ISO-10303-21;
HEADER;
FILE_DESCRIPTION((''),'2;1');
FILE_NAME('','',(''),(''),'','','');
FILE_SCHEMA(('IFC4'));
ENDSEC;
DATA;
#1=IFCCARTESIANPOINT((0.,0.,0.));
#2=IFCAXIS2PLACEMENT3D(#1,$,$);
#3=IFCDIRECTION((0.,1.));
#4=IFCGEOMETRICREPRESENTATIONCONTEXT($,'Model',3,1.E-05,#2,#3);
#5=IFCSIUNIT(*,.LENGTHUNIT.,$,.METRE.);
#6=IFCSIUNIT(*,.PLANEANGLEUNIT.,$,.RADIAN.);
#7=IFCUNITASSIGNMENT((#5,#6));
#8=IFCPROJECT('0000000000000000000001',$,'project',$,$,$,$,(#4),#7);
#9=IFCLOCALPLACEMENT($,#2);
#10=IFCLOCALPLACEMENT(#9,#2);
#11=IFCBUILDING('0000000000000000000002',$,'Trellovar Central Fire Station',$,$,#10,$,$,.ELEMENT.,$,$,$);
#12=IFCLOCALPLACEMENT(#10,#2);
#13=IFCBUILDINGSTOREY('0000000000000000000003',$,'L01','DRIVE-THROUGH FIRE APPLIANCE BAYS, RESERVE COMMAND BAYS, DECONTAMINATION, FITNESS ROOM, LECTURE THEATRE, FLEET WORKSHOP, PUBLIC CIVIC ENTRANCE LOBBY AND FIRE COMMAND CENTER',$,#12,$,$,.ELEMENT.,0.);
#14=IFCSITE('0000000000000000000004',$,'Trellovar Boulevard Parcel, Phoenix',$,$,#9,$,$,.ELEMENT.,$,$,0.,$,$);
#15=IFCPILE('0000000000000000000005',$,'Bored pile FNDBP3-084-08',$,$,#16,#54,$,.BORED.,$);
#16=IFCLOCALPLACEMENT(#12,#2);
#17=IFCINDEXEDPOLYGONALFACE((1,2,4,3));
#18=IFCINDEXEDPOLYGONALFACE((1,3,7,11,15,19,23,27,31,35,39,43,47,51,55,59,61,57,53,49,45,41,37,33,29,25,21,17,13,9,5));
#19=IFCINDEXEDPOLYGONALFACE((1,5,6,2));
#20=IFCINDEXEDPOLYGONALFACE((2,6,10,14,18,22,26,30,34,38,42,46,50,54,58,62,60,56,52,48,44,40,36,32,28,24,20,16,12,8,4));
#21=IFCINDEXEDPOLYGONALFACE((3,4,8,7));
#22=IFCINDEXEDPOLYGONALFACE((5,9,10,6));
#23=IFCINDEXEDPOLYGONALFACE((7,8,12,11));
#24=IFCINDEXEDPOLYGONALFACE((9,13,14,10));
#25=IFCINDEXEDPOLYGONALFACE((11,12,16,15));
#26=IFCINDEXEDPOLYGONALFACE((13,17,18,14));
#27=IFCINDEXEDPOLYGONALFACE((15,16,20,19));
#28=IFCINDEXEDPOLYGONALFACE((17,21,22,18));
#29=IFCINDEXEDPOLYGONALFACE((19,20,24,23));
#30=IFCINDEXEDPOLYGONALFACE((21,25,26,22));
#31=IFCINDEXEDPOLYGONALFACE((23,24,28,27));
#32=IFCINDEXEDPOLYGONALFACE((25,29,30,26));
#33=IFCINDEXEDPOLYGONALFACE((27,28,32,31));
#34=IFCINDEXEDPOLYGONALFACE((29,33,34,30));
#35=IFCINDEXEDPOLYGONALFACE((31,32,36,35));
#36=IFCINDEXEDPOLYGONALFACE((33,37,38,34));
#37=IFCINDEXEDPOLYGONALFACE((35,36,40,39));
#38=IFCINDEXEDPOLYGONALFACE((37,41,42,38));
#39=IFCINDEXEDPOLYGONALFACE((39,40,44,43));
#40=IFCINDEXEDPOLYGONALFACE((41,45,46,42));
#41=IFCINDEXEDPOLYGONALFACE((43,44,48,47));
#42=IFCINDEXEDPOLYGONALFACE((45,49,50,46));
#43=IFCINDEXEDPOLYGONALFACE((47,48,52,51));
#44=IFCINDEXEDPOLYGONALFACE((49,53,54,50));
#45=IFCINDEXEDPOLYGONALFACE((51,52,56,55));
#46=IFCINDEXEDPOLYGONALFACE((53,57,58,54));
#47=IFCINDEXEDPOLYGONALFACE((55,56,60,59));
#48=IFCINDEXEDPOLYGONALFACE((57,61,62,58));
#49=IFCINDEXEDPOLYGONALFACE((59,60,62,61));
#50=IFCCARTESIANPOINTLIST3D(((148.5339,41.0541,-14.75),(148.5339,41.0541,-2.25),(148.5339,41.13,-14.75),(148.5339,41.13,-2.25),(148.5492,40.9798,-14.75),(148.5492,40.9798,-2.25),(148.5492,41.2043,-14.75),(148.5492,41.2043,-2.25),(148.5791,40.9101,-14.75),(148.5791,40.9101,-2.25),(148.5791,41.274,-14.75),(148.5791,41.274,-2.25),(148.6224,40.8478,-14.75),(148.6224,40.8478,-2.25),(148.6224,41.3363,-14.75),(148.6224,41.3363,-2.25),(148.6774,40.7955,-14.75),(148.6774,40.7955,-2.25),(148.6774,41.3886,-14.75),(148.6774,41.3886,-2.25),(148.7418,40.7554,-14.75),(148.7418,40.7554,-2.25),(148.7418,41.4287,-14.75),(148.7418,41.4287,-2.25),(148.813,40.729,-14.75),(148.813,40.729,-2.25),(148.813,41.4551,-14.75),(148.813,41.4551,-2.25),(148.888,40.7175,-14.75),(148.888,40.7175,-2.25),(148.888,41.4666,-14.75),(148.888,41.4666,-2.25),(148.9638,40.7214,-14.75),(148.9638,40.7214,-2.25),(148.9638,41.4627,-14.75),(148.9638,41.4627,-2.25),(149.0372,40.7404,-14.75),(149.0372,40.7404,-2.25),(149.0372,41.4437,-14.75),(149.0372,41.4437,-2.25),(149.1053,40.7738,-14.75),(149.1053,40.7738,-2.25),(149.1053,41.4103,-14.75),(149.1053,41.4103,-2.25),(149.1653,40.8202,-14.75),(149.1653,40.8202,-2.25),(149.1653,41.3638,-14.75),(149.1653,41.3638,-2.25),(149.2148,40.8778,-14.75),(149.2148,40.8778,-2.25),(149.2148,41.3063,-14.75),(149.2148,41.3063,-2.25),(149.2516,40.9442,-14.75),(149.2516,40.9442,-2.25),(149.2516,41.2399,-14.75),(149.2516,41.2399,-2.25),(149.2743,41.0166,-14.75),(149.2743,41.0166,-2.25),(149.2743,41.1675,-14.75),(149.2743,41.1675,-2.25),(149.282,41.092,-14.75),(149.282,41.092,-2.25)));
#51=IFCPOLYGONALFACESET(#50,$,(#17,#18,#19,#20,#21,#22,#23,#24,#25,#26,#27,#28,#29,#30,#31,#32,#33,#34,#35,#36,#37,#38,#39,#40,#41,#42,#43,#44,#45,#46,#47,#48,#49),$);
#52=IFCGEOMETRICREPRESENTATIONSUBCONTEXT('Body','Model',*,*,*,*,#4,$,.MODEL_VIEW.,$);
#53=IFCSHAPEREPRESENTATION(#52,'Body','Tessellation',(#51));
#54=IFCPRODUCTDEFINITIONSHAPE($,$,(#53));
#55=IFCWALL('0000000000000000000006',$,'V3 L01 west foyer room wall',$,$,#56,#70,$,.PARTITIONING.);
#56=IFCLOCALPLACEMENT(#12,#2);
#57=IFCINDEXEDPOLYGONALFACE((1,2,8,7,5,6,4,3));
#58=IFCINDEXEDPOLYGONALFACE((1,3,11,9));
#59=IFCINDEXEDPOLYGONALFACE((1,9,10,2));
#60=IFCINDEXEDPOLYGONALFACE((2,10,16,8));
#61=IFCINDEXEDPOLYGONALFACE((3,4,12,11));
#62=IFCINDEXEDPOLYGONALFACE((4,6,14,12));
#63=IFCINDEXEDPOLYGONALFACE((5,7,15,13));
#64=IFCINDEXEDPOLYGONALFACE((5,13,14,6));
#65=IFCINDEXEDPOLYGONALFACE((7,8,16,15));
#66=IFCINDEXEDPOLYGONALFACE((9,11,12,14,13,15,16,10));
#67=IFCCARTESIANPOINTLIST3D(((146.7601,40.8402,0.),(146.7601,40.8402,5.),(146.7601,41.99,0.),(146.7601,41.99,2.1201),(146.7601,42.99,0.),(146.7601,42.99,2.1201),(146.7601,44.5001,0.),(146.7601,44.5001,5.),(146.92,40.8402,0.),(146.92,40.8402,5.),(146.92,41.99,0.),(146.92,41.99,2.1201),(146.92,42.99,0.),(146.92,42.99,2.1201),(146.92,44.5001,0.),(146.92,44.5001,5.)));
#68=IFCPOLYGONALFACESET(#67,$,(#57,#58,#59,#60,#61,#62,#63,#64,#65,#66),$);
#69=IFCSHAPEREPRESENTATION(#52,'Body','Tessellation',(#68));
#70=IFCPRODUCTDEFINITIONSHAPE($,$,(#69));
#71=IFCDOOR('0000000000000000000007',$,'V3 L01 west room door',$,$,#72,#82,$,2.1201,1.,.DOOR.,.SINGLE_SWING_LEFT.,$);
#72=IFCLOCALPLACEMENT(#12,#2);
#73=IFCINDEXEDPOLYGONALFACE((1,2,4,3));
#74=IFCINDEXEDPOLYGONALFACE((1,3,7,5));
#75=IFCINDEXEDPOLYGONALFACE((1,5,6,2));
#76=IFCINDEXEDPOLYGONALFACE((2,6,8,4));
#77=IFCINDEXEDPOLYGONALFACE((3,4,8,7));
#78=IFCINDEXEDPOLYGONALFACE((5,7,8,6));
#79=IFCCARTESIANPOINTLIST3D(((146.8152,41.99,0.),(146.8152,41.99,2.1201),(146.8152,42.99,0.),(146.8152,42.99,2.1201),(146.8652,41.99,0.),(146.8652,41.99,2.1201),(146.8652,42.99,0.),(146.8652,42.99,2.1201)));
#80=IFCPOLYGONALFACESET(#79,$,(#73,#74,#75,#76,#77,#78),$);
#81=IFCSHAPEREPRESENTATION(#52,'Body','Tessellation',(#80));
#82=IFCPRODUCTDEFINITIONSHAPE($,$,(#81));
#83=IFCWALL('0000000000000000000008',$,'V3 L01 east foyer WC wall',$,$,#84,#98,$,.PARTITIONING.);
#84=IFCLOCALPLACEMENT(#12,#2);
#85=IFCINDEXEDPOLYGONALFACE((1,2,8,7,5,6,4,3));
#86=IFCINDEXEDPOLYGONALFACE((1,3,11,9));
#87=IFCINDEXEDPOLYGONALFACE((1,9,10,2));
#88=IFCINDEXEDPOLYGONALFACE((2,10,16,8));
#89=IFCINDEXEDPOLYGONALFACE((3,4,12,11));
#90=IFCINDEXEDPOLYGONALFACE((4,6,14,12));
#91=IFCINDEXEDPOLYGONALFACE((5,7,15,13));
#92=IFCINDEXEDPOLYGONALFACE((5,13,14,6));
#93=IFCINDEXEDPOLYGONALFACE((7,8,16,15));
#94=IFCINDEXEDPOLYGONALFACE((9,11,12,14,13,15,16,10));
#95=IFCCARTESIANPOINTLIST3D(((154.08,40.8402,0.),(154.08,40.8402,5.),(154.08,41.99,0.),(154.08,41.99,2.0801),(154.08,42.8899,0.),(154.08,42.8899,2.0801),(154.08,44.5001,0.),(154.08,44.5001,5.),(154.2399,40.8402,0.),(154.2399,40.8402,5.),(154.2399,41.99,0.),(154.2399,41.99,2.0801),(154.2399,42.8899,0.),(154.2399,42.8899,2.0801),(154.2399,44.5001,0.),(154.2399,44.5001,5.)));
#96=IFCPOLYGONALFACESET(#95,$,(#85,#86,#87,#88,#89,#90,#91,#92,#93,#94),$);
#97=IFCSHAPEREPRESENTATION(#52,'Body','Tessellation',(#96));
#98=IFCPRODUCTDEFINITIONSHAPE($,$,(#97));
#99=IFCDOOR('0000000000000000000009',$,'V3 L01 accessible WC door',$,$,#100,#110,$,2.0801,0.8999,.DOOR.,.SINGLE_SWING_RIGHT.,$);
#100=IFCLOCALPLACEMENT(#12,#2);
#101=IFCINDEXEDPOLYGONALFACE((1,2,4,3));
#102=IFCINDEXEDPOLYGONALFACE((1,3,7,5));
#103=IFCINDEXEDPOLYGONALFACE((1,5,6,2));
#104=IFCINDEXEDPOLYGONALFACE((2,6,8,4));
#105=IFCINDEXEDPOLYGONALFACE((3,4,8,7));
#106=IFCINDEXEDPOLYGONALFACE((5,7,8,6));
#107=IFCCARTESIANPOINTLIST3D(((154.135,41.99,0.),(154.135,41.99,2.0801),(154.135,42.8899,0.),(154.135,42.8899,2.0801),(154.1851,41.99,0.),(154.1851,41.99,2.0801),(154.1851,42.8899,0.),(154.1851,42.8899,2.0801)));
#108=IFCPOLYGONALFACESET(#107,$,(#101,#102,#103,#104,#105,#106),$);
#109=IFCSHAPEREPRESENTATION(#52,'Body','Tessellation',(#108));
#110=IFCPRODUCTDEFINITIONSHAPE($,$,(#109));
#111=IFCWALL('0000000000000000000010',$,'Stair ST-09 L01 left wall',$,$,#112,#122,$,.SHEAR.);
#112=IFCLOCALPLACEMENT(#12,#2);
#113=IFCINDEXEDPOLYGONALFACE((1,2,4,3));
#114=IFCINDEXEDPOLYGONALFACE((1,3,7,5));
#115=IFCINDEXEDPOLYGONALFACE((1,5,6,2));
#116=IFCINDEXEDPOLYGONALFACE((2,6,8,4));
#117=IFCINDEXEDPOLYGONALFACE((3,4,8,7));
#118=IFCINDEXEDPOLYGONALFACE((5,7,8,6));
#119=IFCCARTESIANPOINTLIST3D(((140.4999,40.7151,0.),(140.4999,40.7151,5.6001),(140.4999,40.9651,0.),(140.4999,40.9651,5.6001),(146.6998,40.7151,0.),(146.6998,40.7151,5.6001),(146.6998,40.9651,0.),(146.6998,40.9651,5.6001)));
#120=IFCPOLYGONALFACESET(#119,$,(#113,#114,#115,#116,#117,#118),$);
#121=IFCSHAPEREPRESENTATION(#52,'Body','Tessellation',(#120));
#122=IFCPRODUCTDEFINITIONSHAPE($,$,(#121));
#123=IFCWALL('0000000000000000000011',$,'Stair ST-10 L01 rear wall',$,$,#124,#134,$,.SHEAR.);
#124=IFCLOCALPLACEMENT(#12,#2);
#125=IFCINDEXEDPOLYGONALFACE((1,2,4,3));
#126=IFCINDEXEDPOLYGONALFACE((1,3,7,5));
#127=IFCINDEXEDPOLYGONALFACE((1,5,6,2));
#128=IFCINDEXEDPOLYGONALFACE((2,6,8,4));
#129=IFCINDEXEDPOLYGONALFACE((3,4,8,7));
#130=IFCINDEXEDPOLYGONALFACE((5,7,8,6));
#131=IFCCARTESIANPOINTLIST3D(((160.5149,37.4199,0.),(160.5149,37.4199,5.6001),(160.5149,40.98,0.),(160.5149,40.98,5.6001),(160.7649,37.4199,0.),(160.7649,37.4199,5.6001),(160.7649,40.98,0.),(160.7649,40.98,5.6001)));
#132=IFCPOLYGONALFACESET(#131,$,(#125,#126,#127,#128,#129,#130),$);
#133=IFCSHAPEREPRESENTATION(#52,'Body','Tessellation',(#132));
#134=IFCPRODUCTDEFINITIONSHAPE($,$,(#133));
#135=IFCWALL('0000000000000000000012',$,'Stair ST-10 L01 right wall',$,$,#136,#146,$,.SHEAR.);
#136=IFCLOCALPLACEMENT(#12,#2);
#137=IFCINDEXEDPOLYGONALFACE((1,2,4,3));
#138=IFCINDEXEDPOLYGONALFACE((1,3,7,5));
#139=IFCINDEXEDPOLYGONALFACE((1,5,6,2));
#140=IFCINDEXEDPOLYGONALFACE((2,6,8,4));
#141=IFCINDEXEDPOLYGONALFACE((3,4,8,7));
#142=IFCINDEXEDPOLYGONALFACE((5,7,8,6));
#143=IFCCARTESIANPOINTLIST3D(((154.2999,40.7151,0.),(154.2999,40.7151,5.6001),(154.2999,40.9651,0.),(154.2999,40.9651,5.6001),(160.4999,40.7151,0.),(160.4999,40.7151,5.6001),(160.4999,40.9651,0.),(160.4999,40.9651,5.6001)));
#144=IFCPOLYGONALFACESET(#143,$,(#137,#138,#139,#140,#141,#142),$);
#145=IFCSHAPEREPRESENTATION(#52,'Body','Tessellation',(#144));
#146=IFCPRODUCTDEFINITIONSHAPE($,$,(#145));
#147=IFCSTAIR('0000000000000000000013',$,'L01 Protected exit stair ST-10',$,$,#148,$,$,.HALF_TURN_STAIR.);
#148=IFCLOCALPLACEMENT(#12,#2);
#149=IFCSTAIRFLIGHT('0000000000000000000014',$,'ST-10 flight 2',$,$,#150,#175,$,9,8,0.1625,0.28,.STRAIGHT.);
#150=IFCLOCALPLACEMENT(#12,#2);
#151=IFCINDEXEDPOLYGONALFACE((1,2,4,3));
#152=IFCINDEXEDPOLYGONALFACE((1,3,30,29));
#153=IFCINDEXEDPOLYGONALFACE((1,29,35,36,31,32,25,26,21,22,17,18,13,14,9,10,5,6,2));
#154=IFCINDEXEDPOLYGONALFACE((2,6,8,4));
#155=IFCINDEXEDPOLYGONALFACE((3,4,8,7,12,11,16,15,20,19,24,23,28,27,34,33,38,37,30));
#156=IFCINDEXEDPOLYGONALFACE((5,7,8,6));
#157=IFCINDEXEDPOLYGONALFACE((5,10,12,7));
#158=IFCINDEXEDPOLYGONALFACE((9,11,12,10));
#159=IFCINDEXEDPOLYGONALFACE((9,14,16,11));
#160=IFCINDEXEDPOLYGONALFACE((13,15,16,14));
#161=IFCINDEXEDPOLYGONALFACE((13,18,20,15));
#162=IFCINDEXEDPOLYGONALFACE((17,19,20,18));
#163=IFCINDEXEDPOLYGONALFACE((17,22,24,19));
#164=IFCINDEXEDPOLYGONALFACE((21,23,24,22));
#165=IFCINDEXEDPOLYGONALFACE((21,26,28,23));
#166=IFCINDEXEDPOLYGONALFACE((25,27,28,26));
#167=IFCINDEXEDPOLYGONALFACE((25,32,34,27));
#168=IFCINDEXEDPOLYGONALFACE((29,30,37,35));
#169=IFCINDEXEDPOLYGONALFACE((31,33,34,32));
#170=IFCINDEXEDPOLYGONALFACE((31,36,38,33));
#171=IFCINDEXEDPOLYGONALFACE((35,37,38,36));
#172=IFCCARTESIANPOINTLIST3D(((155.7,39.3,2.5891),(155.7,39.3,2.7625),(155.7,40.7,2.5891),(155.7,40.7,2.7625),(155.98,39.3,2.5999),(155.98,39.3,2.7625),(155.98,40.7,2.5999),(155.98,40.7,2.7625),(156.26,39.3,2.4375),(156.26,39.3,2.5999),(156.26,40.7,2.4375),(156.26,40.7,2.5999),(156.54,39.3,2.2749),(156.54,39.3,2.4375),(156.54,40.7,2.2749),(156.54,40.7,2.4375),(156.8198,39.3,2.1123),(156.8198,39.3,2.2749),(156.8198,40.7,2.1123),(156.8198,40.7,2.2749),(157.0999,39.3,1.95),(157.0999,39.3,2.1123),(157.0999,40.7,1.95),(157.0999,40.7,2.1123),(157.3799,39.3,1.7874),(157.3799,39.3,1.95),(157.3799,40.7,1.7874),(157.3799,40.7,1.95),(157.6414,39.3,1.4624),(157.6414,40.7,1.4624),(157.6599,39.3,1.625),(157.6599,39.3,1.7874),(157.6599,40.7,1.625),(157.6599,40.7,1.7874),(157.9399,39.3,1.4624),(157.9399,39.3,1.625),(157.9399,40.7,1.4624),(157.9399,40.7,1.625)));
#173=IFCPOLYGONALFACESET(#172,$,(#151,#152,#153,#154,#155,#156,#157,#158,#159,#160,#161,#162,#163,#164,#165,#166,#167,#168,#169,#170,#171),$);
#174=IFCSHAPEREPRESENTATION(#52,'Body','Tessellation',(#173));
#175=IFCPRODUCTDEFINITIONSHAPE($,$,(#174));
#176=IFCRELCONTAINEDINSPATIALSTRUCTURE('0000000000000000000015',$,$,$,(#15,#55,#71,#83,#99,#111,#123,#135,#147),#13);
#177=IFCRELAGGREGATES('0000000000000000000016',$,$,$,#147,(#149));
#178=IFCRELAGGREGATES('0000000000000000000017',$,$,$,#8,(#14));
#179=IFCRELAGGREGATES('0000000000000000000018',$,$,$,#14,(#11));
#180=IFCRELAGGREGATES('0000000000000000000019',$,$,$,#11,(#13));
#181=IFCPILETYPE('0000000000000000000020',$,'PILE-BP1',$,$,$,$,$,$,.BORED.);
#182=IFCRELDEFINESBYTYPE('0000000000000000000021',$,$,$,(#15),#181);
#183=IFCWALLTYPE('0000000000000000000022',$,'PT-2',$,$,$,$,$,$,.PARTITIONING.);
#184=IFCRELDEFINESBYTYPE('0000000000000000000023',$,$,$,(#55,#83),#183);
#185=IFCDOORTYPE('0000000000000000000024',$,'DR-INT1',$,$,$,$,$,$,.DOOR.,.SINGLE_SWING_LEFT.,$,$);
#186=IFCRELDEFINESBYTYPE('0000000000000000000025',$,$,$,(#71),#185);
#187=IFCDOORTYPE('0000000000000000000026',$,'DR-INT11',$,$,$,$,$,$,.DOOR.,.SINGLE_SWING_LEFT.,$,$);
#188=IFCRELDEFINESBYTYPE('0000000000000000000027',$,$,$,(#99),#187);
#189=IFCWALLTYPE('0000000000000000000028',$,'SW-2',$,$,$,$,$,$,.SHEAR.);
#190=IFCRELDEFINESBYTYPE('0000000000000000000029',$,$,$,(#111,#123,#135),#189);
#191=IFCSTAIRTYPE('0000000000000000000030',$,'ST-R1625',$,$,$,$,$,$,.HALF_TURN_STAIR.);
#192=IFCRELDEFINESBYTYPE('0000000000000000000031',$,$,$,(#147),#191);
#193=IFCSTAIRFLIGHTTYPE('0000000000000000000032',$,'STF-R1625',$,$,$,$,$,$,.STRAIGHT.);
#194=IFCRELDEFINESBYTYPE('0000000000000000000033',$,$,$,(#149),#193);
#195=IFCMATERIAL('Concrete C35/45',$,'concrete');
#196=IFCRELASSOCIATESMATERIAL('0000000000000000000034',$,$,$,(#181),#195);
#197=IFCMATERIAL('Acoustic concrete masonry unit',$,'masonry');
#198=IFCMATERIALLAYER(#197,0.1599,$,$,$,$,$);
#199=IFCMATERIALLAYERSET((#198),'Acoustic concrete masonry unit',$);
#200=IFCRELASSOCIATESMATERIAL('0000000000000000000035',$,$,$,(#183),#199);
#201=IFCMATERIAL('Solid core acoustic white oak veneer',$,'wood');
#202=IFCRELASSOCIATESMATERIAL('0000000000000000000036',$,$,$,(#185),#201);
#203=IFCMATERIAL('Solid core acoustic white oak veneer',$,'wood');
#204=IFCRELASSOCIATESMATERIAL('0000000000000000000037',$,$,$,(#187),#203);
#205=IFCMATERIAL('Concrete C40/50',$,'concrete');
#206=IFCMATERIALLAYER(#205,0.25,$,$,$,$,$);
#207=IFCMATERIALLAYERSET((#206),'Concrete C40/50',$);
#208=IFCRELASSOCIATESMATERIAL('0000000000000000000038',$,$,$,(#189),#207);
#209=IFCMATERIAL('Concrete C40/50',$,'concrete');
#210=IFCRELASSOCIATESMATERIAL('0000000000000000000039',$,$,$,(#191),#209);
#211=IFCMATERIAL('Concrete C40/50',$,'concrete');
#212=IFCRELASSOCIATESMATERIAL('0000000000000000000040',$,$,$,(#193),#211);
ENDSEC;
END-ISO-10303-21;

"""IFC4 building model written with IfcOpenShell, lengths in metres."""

from ifc_helpers import new_model, si_unit, direction, frame, frame_2d, origin, origin_2d, place, context, subcontext, project, spatial, polyline, rectangle, circle, outline, extrude, material, layer, layer_set, material_profile, profile_set, type_object, element, fill, aggregate, save


model = new_model("IFC4")

# Units and contexts
model_context = context("Model", 3, precision=1e-05, world=origin(), true_north=direction((0.0, 1.0)))
body_context = subcontext(model_context, "Body", "Model", "MODEL_VIEW")
ifc_project = project(units=[si_unit("LENGTHUNIT", "METRE"), si_unit("PLANEANGLEUNIT", "RADIAN")], contexts=[model_context])

# Site, building, storey
site_placement = place(None, origin())
site = spatial("IfcSite", under=ifc_project, at=site_placement, Name="Trellovar Boulevard Parcel, Phoenix", CompositionType="ELEMENT", RefElevation=0.0)
building_placement = place(site_placement, origin())
building = spatial("IfcBuilding", under=site, at=building_placement, Name="Trellovar Central Fire Station", CompositionType="ELEMENT")
storey_placement = place(building_placement, origin())
storey = spatial("IfcBuildingStorey", under=building, at=storey_placement, Name="L01", Description="DRIVE-THROUGH FIRE APPLIANCE BAYS, RESERVE COMMAND BAYS, DECONTAMINATION, FITNESS ROOM, LECTURE THEATRE, FLEET WORKSHOP, PUBLIC CIVIC ENTRANCE LOBBY AND FIRE COMMAND CENTER", CompositionType="ELEMENT", Elevation=0.0)

# Pile
ifc_material_1 = material(Name="Concrete C35/45", Category="concrete")
ifc_material_profile = material_profile(ifc_material_1, circle(Radius=0.375, at=origin_2d()), Name="PILE750")
ifc_profile_set = profile_set([ifc_material_profile], Name="Concrete C35/45")
pile_type = type_object("IfcPileType", Name="PILE-BP1", PredefinedType="BORED", material=ifc_profile_set)
pile_placement = place(storey_placement, frame((148.907, 41.092, -2.25), z_axis=(0.0, 0.0, -1.0), x_axis=(1.0, 0.0, 0.0)))
element("IfcPile", 1, at=pile_placement, inside=storey, type_object=pile_type, Name="Bored pile FNDBP3-084-08", PredefinedType="BORED", context=body_context, shape_type="SweptSolid", body=[
    extrude(circle(Radius=0.375, at=origin_2d()), origin(), (0.0, 0.0, 1.0), 12.5),
])

# Walls, openings, doors
ifc_material_2 = material(Name="Acoustic concrete masonry unit", Category="masonry")
ifc_layer_1 = layer(ifc_material_2, 0.1599)
ifc_layer_set_1 = layer_set([ifc_layer_1], Name="Acoustic concrete masonry unit")
wall_type_1 = type_object("IfcWallType", Name="PT-2", PredefinedType="PARTITIONING", material=ifc_layer_set_1)
wall_1_placement = place(storey_placement, frame((146.8401, 40.8401, 0.0), z_axis=(0.0, 0.0, 1.0), x_axis=(0.0, 1.0, 0.0)))
wall_1 = element("IfcWall", 2, at=wall_1_placement, inside=storey, type_object=wall_type_1, Name="V3 L01 west foyer room wall", PredefinedType="PARTITIONING", context=body_context, shape_type="SweptSolid", body=[
    extrude(rectangle(XDim=3.6599, YDim=0.1599, at=frame_2d((1.8301, 0.0))), origin(), (0.0, 0.0, 1.0), 5.0),
])
opening_1_placement = place(wall_1_placement, frame((1.1499, 0.0, 0.0)))
opening_1 = element("IfcOpeningElement", 3, at=opening_1_placement, cuts=wall_1, PredefinedType="OPENING", context=body_context, shape_type="SweptSolid", body=[
    extrude(rectangle(XDim=1.0, YDim=2.1201, at=frame_2d((0.5, 1.0601))), frame((0.0, 0.0898, 0.0), z_axis=(0.0, -1.0, 0.0), x_axis=(1.0, 0.0, 0.0)), (0.0, 0.0, 1.0), 0.1799),
])
ifc_material_3 = material(Name="Solid core acoustic white oak veneer", Category="wood")
door_type_1 = type_object("IfcDoorType", Name="DR-INT1", OperationType="SINGLE_SWING_LEFT", PredefinedType="DOOR", material=ifc_material_3)
door_1_placement = place(opening_1_placement, origin())
door_1 = element("IfcDoor", 4, at=door_1_placement, inside=storey, type_object=door_type_1, Name="V3 L01 west room door", OperationType="SINGLE_SWING_LEFT", OverallHeight=2.1201, OverallWidth=1.0, PredefinedType="DOOR", context=body_context, shape_type="SweptSolid", body=[
    extrude(rectangle(XDim=1.0, YDim=2.1201, at=frame_2d((0.5, 1.0601))), frame((0.0, 0.0249, 0.0), z_axis=(0.0, -1.0, 0.0), x_axis=(1.0, 0.0, 0.0)), (0.0, 0.0, 1.0), 0.05),
])
fill(opening_1, door_1)
wall_2_placement = place(storey_placement, frame((154.1599, 40.8401, 0.0), z_axis=(0.0, 0.0, 1.0), x_axis=(0.0, 1.0, 0.0)))
wall_2 = element("IfcWall", 5, at=wall_2_placement, inside=storey, type_object=wall_type_1, Name="V3 L01 east foyer WC wall", PredefinedType="PARTITIONING", context=body_context, shape_type="SweptSolid", body=[
    extrude(rectangle(XDim=3.6599, YDim=0.1599, at=frame_2d((1.8301, 0.0))), origin(), (0.0, 0.0, 1.0), 5.0),
])
opening_2_placement = place(wall_2_placement, frame((1.1499, 0.0, 0.0)))
opening_2 = element("IfcOpeningElement", 6, at=opening_2_placement, cuts=wall_2, PredefinedType="OPENING", context=body_context, shape_type="SweptSolid", body=[
    extrude(rectangle(XDim=0.8999, YDim=2.0801, at=frame_2d((0.45, 1.04))), frame((0.0, 0.0898, 0.0), z_axis=(0.0, -1.0, 0.0), x_axis=(1.0, 0.0, 0.0)), (0.0, 0.0, 1.0), 0.1799),
])
ifc_material_4 = material(Name="Solid core acoustic white oak veneer", Category="wood")
door_type_2 = type_object("IfcDoorType", Name="DR-INT11", OperationType="SINGLE_SWING_LEFT", PredefinedType="DOOR", material=ifc_material_4)
door_2_placement = place(opening_2_placement, origin())
door_2 = element("IfcDoor", 7, at=door_2_placement, inside=storey, type_object=door_type_2, Name="V3 L01 accessible WC door", OperationType="SINGLE_SWING_RIGHT", OverallHeight=2.0801, OverallWidth=0.8999, PredefinedType="DOOR", context=body_context, shape_type="SweptSolid", body=[
    extrude(rectangle(XDim=0.8999, YDim=2.0801, at=frame_2d((0.45, 1.04))), frame((0.0, 0.0249, 0.0), z_axis=(0.0, -1.0, 0.0), x_axis=(1.0, 0.0, 0.0)), (0.0, 0.0, 1.0), 0.05),
])
fill(opening_2, door_2)

# Walls
ifc_material_5 = material(Name="Concrete C40/50", Category="concrete")
ifc_layer_2 = layer(ifc_material_5, 0.25)
ifc_layer_set_2 = layer_set([ifc_layer_2], Name="Concrete C40/50")
wall_type_2 = type_object("IfcWallType", Name="SW-2", PredefinedType="SHEAR", material=ifc_layer_set_2)
wall_3_placement = place(storey_placement, frame((146.7, 40.8401, 0.0), z_axis=(0.0, 0.0, 1.0), x_axis=(-1.0, 0.0, 0.0)))
element("IfcWall", 8, at=wall_3_placement, inside=storey, type_object=wall_type_2, Name="Stair ST-09 L01 left wall", PredefinedType="SHEAR", context=body_context, shape_type="SweptSolid", body=[
    extrude(rectangle(XDim=6.2, YDim=0.25, at=frame_2d((3.1001, 0.0))), origin(), (0.0, 0.0, 1.0), 5.6001),
])
wall_4_placement = place(storey_placement, frame((160.6399, 40.98, 0.0), z_axis=(0.0, 0.0, 1.0), x_axis=(0.0, -1.0, 0.0)))
element("IfcWall", 9, at=wall_4_placement, inside=storey, type_object=wall_type_2, Name="Stair ST-10 L01 rear wall", PredefinedType="SHEAR", context=body_context, shape_type="SweptSolid", body=[
    extrude(rectangle(XDim=3.5601, YDim=0.25, at=frame_2d((1.78, 0.0))), origin(), (0.0, 0.0, 1.0), 5.6001),
])
wall_5_placement = place(storey_placement, frame((160.5, 40.8401, 0.0), z_axis=(0.0, 0.0, 1.0), x_axis=(-1.0, 0.0, 0.0)))
element("IfcWall", 10, at=wall_5_placement, inside=storey, type_object=wall_type_2, Name="Stair ST-10 L01 right wall", PredefinedType="SHEAR", context=body_context, shape_type="SweptSolid", body=[
    extrude(rectangle(XDim=6.2, YDim=0.25, at=frame_2d((3.1001, 0.0))), origin(), (0.0, 0.0, 1.0), 5.6001),
])

# Stair, stair flight
ifc_material_6 = material(Name="Concrete C40/50", Category="concrete")
stair_type = type_object("IfcStairType", Name="ST-R1625", PredefinedType="HALF_TURN_STAIR", material=ifc_material_6)
stair_placement = place(storey_placement, origin())
stair = element("IfcStair", 11, at=stair_placement, inside=storey, type_object=stair_type, Name="L01 Protected exit stair ST-10", PredefinedType="HALF_TURN_STAIR")
ifc_material_7 = material(Name="Concrete C40/50", Category="concrete")
stair_flight_type = type_object("IfcStairFlightType", Name="STF-R1625", PredefinedType="STRAIGHT", material=ifc_material_7)
stair_flight_1_placement = place(storey_placement, frame((157.9399, 40.0, 1.4624), z_axis=(0.0, 0.0, 1.0), x_axis=(-1.0, 0.0, 0.0)))
stair_flight_1 = element("IfcStairFlight", 12, at=stair_flight_1_placement, type_object=stair_flight_type, Name="ST-10 flight 2", NumberOfRisers=9, NumberOfTreads=8, PredefinedType="STRAIGHT", RiserHeight=0.1625, TreadLength=0.28, context=body_context, shape_type="SweptSolid", body=[
    extrude(outline(polyline([(0.0, 0.0), (0.0, 0.1626), (0.28, 0.1626), (0.28, 0.325), (0.5601, 0.325), (0.5601, 0.4875), (0.8401, 0.4875), (0.8401, 0.6499), (1.1201, 0.6499), (1.1201, 0.8125), (1.3999, 0.8125), (1.3999, 0.9751), (1.6799, 0.9751), (1.6799, 1.1375), (1.96, 1.1375), (1.96, 1.3), (2.24, 1.3), (2.24, 1.4624), (2.24, 1.1267), (0.2986, 0.0), (0.0, 0.0)])), frame((0.0, 0.7, 0.0), z_axis=(0.0, -1.0, 0.0), x_axis=(1.0, 0.0, 0.0)), (0.0, 0.0, 1.0), 1.3999),
])
aggregate(stair, [stair_flight_1])

save(model, "model.ifc")
